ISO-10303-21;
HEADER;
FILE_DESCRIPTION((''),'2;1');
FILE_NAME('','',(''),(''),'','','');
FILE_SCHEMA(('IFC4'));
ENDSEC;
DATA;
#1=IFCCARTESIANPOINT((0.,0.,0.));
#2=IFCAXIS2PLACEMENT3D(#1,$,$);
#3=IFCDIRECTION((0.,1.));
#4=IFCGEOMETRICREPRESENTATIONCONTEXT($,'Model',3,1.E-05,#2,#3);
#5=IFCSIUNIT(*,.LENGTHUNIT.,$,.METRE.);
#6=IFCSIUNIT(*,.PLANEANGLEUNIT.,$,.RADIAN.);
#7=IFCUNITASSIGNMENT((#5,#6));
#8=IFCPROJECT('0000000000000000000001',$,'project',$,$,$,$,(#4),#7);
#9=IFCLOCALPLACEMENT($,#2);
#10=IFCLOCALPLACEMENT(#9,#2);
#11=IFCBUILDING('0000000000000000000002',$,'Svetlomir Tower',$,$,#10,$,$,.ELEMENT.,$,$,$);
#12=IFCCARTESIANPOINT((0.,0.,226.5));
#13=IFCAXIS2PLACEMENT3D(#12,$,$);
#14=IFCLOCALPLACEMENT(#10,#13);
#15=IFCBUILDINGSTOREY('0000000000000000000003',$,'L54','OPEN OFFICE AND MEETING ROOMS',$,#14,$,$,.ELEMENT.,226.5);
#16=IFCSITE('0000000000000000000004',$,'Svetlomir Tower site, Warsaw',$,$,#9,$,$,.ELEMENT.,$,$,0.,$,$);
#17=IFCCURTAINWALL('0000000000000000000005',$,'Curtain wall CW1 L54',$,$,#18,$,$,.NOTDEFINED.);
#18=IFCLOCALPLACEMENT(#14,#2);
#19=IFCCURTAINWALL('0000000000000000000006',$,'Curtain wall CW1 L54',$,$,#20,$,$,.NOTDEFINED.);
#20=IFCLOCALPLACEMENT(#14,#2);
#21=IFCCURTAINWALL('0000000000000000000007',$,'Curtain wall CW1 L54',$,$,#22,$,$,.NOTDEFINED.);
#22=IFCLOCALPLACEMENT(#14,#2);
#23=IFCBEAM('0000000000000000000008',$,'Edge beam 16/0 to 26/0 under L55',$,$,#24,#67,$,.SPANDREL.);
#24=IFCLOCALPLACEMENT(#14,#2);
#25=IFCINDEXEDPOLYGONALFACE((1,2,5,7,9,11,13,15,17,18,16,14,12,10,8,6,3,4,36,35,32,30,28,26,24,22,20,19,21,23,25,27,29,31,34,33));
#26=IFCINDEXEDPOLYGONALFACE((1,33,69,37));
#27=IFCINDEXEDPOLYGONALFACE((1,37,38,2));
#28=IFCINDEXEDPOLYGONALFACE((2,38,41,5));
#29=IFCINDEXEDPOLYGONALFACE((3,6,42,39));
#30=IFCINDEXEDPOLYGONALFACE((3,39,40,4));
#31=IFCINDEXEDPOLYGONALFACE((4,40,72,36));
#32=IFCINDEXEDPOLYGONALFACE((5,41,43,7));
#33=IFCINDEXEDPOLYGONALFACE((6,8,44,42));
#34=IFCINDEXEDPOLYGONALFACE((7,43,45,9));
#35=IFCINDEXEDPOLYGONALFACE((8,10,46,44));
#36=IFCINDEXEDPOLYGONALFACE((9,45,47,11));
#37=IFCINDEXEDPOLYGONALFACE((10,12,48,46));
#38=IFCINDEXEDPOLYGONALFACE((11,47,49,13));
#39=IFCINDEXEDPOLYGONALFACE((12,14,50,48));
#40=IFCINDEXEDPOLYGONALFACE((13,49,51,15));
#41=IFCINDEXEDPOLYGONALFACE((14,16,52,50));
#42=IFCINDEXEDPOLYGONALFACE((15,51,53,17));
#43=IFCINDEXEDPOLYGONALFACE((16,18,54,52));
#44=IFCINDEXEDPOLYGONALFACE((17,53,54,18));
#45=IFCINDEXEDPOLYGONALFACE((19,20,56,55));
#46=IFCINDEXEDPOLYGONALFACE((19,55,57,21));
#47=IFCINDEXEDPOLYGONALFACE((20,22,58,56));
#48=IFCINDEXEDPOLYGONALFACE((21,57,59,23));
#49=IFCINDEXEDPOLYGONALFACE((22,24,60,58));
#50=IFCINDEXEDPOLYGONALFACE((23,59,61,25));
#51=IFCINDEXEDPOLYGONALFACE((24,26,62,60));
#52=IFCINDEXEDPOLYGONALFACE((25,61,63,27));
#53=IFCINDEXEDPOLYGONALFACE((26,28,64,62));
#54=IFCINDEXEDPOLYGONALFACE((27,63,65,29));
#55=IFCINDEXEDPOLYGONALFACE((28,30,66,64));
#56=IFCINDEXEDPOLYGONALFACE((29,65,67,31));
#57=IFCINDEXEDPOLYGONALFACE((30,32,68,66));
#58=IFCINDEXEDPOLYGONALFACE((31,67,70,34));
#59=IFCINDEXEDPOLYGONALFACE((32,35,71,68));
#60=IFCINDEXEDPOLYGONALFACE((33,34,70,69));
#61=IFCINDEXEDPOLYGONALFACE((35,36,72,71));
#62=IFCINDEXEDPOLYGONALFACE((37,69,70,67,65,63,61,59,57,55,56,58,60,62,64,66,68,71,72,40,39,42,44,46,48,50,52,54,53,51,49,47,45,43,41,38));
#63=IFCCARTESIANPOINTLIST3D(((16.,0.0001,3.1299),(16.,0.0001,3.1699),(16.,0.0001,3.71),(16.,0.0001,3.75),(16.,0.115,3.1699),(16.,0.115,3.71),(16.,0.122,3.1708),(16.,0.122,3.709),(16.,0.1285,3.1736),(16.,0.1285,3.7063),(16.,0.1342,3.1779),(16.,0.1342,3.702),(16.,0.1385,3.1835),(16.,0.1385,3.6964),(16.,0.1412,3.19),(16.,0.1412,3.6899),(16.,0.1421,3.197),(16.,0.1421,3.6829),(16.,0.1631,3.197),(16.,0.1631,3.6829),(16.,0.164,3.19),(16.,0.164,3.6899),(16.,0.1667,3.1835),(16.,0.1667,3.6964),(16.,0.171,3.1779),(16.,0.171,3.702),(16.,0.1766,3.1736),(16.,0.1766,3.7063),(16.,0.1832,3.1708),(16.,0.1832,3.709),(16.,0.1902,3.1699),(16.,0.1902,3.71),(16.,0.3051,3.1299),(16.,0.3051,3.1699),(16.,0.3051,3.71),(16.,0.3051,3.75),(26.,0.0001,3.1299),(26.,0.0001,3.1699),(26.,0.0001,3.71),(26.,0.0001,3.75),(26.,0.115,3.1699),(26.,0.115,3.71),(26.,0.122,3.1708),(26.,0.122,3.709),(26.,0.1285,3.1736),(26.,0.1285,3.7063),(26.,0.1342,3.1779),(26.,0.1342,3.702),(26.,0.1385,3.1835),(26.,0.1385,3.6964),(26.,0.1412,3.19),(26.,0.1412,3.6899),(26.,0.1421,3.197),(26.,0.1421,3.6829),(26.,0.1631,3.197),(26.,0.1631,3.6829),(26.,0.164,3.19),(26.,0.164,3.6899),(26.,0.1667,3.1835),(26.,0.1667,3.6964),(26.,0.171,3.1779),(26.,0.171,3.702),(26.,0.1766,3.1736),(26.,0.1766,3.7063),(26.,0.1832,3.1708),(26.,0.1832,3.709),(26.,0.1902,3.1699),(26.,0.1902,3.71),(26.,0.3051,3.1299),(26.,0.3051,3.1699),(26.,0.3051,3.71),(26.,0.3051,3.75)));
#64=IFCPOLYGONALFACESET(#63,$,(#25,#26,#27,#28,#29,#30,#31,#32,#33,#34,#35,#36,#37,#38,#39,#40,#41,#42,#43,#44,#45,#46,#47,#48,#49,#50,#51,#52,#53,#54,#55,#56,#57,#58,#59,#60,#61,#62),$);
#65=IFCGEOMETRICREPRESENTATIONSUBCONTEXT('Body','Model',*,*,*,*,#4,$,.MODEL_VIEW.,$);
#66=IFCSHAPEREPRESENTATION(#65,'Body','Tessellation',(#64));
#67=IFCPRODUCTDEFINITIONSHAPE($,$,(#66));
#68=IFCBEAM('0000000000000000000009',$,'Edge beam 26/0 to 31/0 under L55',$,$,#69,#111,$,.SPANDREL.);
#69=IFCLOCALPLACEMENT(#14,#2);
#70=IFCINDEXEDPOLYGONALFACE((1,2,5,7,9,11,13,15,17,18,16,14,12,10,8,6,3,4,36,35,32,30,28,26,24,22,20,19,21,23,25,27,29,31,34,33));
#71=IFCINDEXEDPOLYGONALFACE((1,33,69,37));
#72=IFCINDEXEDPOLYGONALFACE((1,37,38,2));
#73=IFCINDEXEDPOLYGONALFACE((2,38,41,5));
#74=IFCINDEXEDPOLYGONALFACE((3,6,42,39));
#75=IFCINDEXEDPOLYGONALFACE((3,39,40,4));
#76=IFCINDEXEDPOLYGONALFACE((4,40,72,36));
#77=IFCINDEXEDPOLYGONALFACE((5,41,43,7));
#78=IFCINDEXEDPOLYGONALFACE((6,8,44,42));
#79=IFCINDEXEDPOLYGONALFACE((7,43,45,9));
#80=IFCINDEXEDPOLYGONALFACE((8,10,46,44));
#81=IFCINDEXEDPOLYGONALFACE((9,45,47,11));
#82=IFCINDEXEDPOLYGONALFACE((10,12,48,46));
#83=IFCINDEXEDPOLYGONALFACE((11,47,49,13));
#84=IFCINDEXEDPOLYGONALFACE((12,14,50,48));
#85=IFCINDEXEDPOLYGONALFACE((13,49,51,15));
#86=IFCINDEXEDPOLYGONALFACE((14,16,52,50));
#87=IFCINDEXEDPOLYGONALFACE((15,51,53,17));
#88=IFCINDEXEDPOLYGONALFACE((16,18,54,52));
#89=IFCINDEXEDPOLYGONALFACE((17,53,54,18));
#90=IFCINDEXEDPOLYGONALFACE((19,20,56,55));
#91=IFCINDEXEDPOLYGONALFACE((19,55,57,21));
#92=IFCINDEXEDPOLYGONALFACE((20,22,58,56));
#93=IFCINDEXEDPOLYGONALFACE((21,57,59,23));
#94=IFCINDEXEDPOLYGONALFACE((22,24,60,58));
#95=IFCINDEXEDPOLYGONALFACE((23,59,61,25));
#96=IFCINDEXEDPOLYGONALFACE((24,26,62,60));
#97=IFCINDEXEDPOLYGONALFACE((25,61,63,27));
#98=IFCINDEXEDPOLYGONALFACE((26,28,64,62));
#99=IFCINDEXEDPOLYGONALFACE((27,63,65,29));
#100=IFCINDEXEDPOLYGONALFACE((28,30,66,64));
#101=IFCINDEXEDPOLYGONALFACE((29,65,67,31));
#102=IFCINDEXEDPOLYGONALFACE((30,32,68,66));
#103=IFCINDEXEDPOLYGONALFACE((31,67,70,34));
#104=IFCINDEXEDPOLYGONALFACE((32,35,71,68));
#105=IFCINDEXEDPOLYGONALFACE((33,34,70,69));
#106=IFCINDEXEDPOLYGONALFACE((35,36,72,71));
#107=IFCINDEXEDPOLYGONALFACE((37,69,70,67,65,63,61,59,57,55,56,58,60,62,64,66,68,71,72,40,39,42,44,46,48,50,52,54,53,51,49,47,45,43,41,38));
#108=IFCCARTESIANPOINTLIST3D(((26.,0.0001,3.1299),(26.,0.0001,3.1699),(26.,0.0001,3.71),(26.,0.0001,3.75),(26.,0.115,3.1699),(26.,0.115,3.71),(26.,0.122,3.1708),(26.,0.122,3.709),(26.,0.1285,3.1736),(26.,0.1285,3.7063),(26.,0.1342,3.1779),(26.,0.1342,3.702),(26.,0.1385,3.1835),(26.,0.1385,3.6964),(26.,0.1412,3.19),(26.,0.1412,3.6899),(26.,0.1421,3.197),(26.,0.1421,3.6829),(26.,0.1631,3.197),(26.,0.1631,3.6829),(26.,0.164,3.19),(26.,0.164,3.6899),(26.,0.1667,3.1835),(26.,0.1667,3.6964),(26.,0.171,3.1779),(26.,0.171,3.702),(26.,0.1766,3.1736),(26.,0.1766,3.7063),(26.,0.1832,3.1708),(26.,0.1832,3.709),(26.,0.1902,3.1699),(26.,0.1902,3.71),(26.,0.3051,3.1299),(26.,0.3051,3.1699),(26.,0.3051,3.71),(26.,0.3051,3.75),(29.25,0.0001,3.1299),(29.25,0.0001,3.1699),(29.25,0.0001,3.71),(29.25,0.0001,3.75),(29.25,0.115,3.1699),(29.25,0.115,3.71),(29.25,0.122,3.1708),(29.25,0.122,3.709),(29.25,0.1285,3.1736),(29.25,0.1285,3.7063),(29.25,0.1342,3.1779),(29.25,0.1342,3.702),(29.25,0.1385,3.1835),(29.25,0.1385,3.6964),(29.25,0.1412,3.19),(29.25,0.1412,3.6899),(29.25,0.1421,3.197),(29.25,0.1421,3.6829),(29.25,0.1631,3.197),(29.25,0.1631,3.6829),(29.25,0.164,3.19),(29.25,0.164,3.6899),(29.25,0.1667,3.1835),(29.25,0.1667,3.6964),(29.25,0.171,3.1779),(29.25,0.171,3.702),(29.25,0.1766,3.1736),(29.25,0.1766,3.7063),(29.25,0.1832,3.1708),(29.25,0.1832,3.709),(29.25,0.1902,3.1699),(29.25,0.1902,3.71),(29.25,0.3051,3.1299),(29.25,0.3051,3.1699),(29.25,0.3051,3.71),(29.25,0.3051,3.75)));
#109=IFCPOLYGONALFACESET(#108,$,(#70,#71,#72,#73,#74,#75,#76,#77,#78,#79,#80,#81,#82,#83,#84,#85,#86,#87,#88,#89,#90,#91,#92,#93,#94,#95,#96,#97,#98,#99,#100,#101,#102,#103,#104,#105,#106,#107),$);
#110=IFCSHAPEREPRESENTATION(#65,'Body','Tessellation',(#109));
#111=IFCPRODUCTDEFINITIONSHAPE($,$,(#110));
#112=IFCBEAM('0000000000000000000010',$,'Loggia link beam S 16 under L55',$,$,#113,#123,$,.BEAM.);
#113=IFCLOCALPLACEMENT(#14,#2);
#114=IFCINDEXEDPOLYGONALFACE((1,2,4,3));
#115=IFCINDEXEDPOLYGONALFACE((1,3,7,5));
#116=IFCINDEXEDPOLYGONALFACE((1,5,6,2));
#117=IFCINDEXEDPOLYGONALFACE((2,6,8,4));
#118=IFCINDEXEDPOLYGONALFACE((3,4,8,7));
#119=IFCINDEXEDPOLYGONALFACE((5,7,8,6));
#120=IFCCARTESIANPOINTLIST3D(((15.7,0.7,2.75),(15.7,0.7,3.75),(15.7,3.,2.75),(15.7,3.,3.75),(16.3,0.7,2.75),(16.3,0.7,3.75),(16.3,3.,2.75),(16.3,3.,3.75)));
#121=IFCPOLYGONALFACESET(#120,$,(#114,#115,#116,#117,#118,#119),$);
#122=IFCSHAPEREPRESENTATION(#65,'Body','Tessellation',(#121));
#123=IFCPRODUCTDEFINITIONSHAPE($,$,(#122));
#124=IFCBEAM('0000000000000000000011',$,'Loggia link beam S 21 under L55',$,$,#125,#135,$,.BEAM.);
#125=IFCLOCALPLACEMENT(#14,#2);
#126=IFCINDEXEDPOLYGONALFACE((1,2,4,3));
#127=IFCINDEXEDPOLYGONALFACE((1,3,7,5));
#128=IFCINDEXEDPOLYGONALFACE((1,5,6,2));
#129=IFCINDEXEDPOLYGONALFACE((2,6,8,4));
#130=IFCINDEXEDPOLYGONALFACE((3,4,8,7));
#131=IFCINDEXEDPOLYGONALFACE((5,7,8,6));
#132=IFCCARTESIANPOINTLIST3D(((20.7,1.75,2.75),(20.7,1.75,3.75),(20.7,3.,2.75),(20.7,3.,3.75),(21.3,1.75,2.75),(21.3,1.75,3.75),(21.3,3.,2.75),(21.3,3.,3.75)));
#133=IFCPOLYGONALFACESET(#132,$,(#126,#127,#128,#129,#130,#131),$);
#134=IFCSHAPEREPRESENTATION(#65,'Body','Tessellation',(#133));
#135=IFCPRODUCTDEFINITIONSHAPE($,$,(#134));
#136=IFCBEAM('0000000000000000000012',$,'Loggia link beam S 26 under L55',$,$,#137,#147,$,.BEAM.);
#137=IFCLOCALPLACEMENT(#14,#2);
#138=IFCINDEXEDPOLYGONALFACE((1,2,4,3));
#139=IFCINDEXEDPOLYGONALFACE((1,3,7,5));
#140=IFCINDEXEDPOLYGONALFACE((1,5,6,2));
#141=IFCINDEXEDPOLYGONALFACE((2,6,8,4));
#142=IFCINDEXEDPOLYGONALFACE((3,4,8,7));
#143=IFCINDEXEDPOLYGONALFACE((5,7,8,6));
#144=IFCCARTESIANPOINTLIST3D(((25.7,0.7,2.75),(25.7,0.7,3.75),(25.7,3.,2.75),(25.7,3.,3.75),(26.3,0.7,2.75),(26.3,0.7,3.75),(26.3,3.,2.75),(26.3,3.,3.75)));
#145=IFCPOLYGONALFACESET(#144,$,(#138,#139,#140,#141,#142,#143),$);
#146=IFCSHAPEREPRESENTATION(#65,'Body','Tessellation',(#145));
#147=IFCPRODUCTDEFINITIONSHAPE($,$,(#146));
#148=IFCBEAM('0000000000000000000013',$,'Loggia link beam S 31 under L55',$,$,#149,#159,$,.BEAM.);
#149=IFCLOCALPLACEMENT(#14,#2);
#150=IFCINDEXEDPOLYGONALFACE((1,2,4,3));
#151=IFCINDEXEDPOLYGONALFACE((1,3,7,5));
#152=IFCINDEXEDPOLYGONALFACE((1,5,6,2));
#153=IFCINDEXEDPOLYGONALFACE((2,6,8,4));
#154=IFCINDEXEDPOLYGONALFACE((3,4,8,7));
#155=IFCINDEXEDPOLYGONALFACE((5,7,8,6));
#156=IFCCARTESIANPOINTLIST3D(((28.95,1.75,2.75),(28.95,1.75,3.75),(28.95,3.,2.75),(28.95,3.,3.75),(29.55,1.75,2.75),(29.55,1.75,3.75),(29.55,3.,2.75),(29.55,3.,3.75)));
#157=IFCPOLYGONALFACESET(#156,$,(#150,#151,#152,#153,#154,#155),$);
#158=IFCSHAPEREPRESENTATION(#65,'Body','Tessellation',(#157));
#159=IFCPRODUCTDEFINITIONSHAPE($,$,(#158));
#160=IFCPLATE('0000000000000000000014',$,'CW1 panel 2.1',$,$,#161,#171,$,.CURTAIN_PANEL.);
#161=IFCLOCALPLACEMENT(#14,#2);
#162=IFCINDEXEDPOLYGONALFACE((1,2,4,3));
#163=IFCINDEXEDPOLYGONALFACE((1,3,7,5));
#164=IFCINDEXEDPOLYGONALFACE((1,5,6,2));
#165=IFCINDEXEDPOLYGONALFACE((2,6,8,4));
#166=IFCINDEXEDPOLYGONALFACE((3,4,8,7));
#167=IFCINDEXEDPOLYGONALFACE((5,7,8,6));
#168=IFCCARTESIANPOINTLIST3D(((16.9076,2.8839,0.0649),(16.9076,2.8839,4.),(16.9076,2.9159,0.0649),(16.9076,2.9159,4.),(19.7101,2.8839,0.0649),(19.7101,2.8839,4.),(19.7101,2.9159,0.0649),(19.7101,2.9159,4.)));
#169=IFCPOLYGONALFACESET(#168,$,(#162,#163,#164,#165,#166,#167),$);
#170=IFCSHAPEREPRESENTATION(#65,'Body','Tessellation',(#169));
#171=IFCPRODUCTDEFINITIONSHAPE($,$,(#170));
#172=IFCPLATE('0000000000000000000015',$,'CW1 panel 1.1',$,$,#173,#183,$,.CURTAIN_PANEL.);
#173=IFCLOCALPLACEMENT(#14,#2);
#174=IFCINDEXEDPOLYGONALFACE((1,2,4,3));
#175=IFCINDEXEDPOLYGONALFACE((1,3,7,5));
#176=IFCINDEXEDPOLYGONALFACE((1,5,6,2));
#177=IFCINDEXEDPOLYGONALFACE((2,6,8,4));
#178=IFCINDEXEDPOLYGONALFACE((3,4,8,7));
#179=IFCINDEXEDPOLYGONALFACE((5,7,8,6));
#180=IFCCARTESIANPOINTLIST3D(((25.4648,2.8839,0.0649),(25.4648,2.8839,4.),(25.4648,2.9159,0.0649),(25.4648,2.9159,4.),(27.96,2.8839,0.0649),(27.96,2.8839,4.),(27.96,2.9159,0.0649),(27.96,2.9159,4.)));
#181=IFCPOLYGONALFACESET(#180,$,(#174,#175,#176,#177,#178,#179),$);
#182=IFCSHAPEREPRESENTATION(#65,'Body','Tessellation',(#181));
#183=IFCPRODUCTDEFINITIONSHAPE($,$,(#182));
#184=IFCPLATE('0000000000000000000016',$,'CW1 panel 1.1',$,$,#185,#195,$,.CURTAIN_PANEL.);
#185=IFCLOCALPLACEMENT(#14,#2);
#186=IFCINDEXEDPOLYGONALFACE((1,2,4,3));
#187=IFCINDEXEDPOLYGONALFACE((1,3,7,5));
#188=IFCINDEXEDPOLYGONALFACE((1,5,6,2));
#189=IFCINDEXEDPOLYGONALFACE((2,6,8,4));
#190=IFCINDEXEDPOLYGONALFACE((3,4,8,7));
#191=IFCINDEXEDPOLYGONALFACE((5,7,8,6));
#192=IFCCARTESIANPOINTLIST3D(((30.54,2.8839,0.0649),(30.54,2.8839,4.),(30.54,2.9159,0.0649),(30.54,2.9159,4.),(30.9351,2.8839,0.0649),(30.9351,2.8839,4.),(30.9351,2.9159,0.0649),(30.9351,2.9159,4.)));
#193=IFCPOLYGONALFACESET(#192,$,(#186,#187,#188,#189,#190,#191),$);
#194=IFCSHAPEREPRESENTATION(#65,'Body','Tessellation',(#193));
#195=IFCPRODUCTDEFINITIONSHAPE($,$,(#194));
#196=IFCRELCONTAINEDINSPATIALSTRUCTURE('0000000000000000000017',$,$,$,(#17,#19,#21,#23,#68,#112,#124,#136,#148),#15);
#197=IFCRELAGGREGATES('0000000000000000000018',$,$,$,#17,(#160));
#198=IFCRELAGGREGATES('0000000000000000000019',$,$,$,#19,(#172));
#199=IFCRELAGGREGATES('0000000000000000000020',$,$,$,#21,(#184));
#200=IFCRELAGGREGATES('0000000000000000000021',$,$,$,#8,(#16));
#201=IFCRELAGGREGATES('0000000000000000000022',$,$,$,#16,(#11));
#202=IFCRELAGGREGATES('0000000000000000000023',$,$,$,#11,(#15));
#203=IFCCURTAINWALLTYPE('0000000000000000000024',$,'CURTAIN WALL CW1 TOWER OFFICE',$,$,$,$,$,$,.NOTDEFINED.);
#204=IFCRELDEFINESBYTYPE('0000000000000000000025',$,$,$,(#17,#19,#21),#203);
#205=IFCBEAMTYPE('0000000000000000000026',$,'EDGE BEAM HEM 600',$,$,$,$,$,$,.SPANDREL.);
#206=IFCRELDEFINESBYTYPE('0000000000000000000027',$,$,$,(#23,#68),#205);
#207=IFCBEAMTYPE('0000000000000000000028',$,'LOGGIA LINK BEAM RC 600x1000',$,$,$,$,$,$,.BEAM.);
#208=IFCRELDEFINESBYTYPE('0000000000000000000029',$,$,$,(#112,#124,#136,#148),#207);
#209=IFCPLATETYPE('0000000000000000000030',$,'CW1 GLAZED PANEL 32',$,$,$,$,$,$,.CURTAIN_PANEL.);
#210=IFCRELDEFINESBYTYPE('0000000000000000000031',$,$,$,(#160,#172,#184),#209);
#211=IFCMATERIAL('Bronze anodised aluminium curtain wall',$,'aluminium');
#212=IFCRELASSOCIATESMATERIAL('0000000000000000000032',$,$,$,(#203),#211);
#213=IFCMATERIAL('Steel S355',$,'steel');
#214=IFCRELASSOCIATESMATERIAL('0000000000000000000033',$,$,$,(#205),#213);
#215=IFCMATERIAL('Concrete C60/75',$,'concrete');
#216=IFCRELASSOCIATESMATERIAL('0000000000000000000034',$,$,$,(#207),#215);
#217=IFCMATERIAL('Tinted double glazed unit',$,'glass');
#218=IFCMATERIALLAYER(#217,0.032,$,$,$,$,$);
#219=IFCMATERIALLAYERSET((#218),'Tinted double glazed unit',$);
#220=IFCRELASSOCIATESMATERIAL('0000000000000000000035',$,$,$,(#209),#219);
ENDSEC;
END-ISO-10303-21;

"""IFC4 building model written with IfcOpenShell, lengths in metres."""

from ifc_helpers import new_model, si_unit, direction, frame, origin, origin_2d, place, context, subcontext, project, spatial, rectangle, i_section, extrude, material, layer, layer_set, material_profile, profile_set, type_object, element, aggregate, save


model = new_model("IFC4")

# Units and contexts
model_context = context("Model", 3, precision=1e-05, world=origin(), true_north=direction((0.0, 1.0)))
body_context = subcontext(model_context, "Body", "Model", "MODEL_VIEW")
ifc_project = project(units=[si_unit("LENGTHUNIT", "METRE"), si_unit("PLANEANGLEUNIT", "RADIAN")], contexts=[model_context])

# Site, building, storey
site_placement = place(None, origin())
site = spatial("IfcSite", under=ifc_project, at=site_placement, Name="Svetlomir Tower site, Warsaw", CompositionType="ELEMENT", RefElevation=0.0)
building_placement = place(site_placement, origin())
building = spatial("IfcBuilding", under=site, at=building_placement, Name="Svetlomir Tower", CompositionType="ELEMENT")
storey_placement = place(building_placement, frame((0.0, 0.0, 226.5)))
storey = spatial("IfcBuildingStorey", under=building, at=storey_placement, Name="L54", Description="OPEN OFFICE AND MEETING ROOMS", CompositionType="ELEMENT", Elevation=226.5)

# Curtain walls
ifc_material_1 = material(Name="Bronze anodised aluminium curtain wall", Category="aluminium")
curtain_wall_type = type_object("IfcCurtainWallType", Name="CURTAIN WALL CW1 TOWER OFFICE", PredefinedType="NOTDEFINED", material=ifc_material_1)
curtain_wall_1_placement = place(storey_placement, origin())
curtain_wall_1 = element("IfcCurtainWall", 1, at=curtain_wall_1_placement, inside=storey, type_object=curtain_wall_type, Name="Curtain wall CW1 L54", PredefinedType="NOTDEFINED")
curtain_wall_2_placement = place(storey_placement, origin())
curtain_wall_2 = element("IfcCurtainWall", 2, at=curtain_wall_2_placement, inside=storey, type_object=curtain_wall_type, Name="Curtain wall CW1 L54", PredefinedType="NOTDEFINED")

# Curtain wall
curtain_wall_3_placement = place(storey_placement, origin())
curtain_wall_3 = element("IfcCurtainWall", 3, at=curtain_wall_3_placement, inside=storey, type_object=curtain_wall_type, Name="Curtain wall CW1 L54", PredefinedType="NOTDEFINED")

# Beams
ifc_material_2 = material(Name="Steel S355", Category="steel")
ifc_material_profile_1 = material_profile(ifc_material_2, i_section(OverallWidth=0.3049, OverallDepth=0.6201, WebThickness=0.021, FlangeThickness=0.04, FilletRadius=0.0271, at=origin_2d()), Name="HEM 600")
ifc_profile_set_1 = profile_set([ifc_material_profile_1], Name="Steel S355")
beam_type_1 = type_object("IfcBeamType", Name="EDGE BEAM HEM 600", PredefinedType="SPANDREL", material=ifc_profile_set_1)
beam_1_placement = place(storey_placement, frame((16.0, 0.1526, 3.4399), z_axis=(1.0, 0.0, 0.0), x_axis=(0.0, 1.0, 0.0)))
element("IfcBeam", 4, at=beam_1_placement, inside=storey, type_object=beam_type_1, Name="Edge beam 16/0 to 26/0 under L55", PredefinedType="SPANDREL", context=body_context, shape_type="SweptSolid", body=[
    extrude(i_section(OverallWidth=0.3049, OverallDepth=0.6201, WebThickness=0.021, FlangeThickness=0.04, FilletRadius=0.0271, at=origin_2d()), origin(), (0.0, 0.0, 1.0), 10.0),
])
beam_2_placement = place(storey_placement, frame((26.0, 0.1526, 3.4399), z_axis=(1.0, 0.0, 0.0), x_axis=(0.0, 1.0, 0.0)))
element("IfcBeam", 5, at=beam_2_placement, inside=storey, type_object=beam_type_1, Name="Edge beam 26/0 to 31/0 under L55", PredefinedType="SPANDREL", context=body_context, shape_type="SweptSolid", body=[
    extrude(i_section(OverallWidth=0.3049, OverallDepth=0.6201, WebThickness=0.021, FlangeThickness=0.04, FilletRadius=0.0271, at=origin_2d()), origin(), (0.0, 0.0, 1.0), 3.25),
])
ifc_material_3 = material(Name="Concrete C60/75", Category="concrete")
ifc_material_profile_2 = material_profile(ifc_material_3, rectangle(XDim=0.6001, YDim=1.0, at=origin_2d()), Name="RC 600x1000")
ifc_profile_set_2 = profile_set([ifc_material_profile_2], Name="Concrete C60/75")
beam_type_2 = type_object("IfcBeamType", Name="LOGGIA LINK BEAM RC 600x1000", PredefinedType="BEAM", material=ifc_profile_set_2)
beam_3_placement = place(storey_placement, frame((16.0, 0.7, 3.25), z_axis=(0.0, 1.0, 0.0), x_axis=(-1.0, 0.0, 0.0)))
element("IfcBeam", 6, at=beam_3_placement, inside=storey, type_object=beam_type_2, Name="Loggia link beam S 16 under L55", PredefinedType="BEAM", context=body_context, shape_type="SweptSolid", body=[
    extrude(rectangle(XDim=0.6001, YDim=1.0, at=origin_2d()), origin(), (0.0, 0.0, 1.0), 2.3),
])
beam_4_placement = place(storey_placement, frame((21.0, 1.75, 3.25), z_axis=(0.0, 1.0, 0.0), x_axis=(-1.0, 0.0, 0.0)))
element("IfcBeam", 7, at=beam_4_placement, inside=storey, type_object=beam_type_2, Name="Loggia link beam S 21 under L55", PredefinedType="BEAM", context=body_context, shape_type="SweptSolid", body=[
    extrude(rectangle(XDim=0.6001, YDim=1.0, at=origin_2d()), origin(), (0.0, 0.0, 1.0), 1.25),
])
beam_5_placement = place(storey_placement, frame((26.0, 0.7, 3.25), z_axis=(0.0, 1.0, 0.0), x_axis=(-1.0, 0.0, 0.0)))
element("IfcBeam", 8, at=beam_5_placement, inside=storey, type_object=beam_type_2, Name="Loggia link beam S 26 under L55", PredefinedType="BEAM", context=body_context, shape_type="SweptSolid", body=[
    extrude(rectangle(XDim=0.6001, YDim=1.0, at=origin_2d()), origin(), (0.0, 0.0, 1.0), 2.3),
])
beam_6_placement = place(storey_placement, frame((29.25, 1.75, 3.25), z_axis=(0.0, 1.0, 0.0), x_axis=(-1.0, 0.0, 0.0)))
element("IfcBeam", 9, at=beam_6_placement, inside=storey, type_object=beam_type_2, Name="Loggia link beam S 31 under L55", PredefinedType="BEAM", context=body_context, shape_type="SweptSolid", body=[
    extrude(rectangle(XDim=0.6001, YDim=1.0, at=origin_2d()), origin(), (0.0, 0.0, 1.0), 1.25),
])

# Plates
ifc_material_4 = material(Name="Tinted double glazed unit", Category="glass")
ifc_layer_1 = layer(ifc_material_4, 0.032)
ifc_layer_set_1 = layer_set([ifc_layer_1], Name="Tinted double glazed unit")
plate_type = type_object("IfcPlateType", Name="CW1 GLAZED PANEL 32", PredefinedType="CURTAIN_PANEL", material=ifc_layer_set_1)
plate_1_placement = place(storey_placement, frame((18.3088, 2.8999, 0.0649), z_axis=(0.0, 0.0, 1.0), x_axis=(1.0, 0.0, 0.0)))
plate_1 = element("IfcPlate", 10, at=plate_1_placement, type_object=plate_type, Name="CW1 panel 2.1", PredefinedType="CURTAIN_PANEL", context=body_context, shape_type="SweptSolid", body=[
    extrude(rectangle(XDim=2.8025, YDim=0.032, at=origin_2d()), origin(), (0.0, 0.0, 1.0), 3.9351),
])
aggregate(curtain_wall_1, [plate_1])
plate_2_placement = place(storey_placement, frame((26.7124, 2.8999, 0.0649), z_axis=(0.0, 0.0, 1.0), x_axis=(1.0, 0.0, 0.0)))
plate_2 = element("IfcPlate", 11, at=plate_2_placement, type_object=plate_type, Name="CW1 panel 1.1", PredefinedType="CURTAIN_PANEL", context=body_context, shape_type="SweptSolid", body=[
    extrude(rectangle(XDim=2.4951, YDim=0.032, at=origin_2d()), origin(), (0.0, 0.0, 1.0), 3.9351),
])
aggregate(curtain_wall_2, [plate_2])
plate_3_placement = place(storey_placement, frame((30.7375, 2.8999, 0.0649), z_axis=(0.0, 0.0, 1.0), x_axis=(1.0, 0.0, 0.0)))
plate_3 = element("IfcPlate", 12, at=plate_3_placement, type_object=plate_type, Name="CW1 panel 1.1", PredefinedType="CURTAIN_PANEL", context=body_context, shape_type="SweptSolid", body=[
    extrude(rectangle(XDim=0.395, YDim=0.032, at=origin_2d()), origin(), (0.0, 0.0, 1.0), 3.9351),
])
aggregate(curtain_wall_3, [plate_3])

save(model, "model.ifc")
